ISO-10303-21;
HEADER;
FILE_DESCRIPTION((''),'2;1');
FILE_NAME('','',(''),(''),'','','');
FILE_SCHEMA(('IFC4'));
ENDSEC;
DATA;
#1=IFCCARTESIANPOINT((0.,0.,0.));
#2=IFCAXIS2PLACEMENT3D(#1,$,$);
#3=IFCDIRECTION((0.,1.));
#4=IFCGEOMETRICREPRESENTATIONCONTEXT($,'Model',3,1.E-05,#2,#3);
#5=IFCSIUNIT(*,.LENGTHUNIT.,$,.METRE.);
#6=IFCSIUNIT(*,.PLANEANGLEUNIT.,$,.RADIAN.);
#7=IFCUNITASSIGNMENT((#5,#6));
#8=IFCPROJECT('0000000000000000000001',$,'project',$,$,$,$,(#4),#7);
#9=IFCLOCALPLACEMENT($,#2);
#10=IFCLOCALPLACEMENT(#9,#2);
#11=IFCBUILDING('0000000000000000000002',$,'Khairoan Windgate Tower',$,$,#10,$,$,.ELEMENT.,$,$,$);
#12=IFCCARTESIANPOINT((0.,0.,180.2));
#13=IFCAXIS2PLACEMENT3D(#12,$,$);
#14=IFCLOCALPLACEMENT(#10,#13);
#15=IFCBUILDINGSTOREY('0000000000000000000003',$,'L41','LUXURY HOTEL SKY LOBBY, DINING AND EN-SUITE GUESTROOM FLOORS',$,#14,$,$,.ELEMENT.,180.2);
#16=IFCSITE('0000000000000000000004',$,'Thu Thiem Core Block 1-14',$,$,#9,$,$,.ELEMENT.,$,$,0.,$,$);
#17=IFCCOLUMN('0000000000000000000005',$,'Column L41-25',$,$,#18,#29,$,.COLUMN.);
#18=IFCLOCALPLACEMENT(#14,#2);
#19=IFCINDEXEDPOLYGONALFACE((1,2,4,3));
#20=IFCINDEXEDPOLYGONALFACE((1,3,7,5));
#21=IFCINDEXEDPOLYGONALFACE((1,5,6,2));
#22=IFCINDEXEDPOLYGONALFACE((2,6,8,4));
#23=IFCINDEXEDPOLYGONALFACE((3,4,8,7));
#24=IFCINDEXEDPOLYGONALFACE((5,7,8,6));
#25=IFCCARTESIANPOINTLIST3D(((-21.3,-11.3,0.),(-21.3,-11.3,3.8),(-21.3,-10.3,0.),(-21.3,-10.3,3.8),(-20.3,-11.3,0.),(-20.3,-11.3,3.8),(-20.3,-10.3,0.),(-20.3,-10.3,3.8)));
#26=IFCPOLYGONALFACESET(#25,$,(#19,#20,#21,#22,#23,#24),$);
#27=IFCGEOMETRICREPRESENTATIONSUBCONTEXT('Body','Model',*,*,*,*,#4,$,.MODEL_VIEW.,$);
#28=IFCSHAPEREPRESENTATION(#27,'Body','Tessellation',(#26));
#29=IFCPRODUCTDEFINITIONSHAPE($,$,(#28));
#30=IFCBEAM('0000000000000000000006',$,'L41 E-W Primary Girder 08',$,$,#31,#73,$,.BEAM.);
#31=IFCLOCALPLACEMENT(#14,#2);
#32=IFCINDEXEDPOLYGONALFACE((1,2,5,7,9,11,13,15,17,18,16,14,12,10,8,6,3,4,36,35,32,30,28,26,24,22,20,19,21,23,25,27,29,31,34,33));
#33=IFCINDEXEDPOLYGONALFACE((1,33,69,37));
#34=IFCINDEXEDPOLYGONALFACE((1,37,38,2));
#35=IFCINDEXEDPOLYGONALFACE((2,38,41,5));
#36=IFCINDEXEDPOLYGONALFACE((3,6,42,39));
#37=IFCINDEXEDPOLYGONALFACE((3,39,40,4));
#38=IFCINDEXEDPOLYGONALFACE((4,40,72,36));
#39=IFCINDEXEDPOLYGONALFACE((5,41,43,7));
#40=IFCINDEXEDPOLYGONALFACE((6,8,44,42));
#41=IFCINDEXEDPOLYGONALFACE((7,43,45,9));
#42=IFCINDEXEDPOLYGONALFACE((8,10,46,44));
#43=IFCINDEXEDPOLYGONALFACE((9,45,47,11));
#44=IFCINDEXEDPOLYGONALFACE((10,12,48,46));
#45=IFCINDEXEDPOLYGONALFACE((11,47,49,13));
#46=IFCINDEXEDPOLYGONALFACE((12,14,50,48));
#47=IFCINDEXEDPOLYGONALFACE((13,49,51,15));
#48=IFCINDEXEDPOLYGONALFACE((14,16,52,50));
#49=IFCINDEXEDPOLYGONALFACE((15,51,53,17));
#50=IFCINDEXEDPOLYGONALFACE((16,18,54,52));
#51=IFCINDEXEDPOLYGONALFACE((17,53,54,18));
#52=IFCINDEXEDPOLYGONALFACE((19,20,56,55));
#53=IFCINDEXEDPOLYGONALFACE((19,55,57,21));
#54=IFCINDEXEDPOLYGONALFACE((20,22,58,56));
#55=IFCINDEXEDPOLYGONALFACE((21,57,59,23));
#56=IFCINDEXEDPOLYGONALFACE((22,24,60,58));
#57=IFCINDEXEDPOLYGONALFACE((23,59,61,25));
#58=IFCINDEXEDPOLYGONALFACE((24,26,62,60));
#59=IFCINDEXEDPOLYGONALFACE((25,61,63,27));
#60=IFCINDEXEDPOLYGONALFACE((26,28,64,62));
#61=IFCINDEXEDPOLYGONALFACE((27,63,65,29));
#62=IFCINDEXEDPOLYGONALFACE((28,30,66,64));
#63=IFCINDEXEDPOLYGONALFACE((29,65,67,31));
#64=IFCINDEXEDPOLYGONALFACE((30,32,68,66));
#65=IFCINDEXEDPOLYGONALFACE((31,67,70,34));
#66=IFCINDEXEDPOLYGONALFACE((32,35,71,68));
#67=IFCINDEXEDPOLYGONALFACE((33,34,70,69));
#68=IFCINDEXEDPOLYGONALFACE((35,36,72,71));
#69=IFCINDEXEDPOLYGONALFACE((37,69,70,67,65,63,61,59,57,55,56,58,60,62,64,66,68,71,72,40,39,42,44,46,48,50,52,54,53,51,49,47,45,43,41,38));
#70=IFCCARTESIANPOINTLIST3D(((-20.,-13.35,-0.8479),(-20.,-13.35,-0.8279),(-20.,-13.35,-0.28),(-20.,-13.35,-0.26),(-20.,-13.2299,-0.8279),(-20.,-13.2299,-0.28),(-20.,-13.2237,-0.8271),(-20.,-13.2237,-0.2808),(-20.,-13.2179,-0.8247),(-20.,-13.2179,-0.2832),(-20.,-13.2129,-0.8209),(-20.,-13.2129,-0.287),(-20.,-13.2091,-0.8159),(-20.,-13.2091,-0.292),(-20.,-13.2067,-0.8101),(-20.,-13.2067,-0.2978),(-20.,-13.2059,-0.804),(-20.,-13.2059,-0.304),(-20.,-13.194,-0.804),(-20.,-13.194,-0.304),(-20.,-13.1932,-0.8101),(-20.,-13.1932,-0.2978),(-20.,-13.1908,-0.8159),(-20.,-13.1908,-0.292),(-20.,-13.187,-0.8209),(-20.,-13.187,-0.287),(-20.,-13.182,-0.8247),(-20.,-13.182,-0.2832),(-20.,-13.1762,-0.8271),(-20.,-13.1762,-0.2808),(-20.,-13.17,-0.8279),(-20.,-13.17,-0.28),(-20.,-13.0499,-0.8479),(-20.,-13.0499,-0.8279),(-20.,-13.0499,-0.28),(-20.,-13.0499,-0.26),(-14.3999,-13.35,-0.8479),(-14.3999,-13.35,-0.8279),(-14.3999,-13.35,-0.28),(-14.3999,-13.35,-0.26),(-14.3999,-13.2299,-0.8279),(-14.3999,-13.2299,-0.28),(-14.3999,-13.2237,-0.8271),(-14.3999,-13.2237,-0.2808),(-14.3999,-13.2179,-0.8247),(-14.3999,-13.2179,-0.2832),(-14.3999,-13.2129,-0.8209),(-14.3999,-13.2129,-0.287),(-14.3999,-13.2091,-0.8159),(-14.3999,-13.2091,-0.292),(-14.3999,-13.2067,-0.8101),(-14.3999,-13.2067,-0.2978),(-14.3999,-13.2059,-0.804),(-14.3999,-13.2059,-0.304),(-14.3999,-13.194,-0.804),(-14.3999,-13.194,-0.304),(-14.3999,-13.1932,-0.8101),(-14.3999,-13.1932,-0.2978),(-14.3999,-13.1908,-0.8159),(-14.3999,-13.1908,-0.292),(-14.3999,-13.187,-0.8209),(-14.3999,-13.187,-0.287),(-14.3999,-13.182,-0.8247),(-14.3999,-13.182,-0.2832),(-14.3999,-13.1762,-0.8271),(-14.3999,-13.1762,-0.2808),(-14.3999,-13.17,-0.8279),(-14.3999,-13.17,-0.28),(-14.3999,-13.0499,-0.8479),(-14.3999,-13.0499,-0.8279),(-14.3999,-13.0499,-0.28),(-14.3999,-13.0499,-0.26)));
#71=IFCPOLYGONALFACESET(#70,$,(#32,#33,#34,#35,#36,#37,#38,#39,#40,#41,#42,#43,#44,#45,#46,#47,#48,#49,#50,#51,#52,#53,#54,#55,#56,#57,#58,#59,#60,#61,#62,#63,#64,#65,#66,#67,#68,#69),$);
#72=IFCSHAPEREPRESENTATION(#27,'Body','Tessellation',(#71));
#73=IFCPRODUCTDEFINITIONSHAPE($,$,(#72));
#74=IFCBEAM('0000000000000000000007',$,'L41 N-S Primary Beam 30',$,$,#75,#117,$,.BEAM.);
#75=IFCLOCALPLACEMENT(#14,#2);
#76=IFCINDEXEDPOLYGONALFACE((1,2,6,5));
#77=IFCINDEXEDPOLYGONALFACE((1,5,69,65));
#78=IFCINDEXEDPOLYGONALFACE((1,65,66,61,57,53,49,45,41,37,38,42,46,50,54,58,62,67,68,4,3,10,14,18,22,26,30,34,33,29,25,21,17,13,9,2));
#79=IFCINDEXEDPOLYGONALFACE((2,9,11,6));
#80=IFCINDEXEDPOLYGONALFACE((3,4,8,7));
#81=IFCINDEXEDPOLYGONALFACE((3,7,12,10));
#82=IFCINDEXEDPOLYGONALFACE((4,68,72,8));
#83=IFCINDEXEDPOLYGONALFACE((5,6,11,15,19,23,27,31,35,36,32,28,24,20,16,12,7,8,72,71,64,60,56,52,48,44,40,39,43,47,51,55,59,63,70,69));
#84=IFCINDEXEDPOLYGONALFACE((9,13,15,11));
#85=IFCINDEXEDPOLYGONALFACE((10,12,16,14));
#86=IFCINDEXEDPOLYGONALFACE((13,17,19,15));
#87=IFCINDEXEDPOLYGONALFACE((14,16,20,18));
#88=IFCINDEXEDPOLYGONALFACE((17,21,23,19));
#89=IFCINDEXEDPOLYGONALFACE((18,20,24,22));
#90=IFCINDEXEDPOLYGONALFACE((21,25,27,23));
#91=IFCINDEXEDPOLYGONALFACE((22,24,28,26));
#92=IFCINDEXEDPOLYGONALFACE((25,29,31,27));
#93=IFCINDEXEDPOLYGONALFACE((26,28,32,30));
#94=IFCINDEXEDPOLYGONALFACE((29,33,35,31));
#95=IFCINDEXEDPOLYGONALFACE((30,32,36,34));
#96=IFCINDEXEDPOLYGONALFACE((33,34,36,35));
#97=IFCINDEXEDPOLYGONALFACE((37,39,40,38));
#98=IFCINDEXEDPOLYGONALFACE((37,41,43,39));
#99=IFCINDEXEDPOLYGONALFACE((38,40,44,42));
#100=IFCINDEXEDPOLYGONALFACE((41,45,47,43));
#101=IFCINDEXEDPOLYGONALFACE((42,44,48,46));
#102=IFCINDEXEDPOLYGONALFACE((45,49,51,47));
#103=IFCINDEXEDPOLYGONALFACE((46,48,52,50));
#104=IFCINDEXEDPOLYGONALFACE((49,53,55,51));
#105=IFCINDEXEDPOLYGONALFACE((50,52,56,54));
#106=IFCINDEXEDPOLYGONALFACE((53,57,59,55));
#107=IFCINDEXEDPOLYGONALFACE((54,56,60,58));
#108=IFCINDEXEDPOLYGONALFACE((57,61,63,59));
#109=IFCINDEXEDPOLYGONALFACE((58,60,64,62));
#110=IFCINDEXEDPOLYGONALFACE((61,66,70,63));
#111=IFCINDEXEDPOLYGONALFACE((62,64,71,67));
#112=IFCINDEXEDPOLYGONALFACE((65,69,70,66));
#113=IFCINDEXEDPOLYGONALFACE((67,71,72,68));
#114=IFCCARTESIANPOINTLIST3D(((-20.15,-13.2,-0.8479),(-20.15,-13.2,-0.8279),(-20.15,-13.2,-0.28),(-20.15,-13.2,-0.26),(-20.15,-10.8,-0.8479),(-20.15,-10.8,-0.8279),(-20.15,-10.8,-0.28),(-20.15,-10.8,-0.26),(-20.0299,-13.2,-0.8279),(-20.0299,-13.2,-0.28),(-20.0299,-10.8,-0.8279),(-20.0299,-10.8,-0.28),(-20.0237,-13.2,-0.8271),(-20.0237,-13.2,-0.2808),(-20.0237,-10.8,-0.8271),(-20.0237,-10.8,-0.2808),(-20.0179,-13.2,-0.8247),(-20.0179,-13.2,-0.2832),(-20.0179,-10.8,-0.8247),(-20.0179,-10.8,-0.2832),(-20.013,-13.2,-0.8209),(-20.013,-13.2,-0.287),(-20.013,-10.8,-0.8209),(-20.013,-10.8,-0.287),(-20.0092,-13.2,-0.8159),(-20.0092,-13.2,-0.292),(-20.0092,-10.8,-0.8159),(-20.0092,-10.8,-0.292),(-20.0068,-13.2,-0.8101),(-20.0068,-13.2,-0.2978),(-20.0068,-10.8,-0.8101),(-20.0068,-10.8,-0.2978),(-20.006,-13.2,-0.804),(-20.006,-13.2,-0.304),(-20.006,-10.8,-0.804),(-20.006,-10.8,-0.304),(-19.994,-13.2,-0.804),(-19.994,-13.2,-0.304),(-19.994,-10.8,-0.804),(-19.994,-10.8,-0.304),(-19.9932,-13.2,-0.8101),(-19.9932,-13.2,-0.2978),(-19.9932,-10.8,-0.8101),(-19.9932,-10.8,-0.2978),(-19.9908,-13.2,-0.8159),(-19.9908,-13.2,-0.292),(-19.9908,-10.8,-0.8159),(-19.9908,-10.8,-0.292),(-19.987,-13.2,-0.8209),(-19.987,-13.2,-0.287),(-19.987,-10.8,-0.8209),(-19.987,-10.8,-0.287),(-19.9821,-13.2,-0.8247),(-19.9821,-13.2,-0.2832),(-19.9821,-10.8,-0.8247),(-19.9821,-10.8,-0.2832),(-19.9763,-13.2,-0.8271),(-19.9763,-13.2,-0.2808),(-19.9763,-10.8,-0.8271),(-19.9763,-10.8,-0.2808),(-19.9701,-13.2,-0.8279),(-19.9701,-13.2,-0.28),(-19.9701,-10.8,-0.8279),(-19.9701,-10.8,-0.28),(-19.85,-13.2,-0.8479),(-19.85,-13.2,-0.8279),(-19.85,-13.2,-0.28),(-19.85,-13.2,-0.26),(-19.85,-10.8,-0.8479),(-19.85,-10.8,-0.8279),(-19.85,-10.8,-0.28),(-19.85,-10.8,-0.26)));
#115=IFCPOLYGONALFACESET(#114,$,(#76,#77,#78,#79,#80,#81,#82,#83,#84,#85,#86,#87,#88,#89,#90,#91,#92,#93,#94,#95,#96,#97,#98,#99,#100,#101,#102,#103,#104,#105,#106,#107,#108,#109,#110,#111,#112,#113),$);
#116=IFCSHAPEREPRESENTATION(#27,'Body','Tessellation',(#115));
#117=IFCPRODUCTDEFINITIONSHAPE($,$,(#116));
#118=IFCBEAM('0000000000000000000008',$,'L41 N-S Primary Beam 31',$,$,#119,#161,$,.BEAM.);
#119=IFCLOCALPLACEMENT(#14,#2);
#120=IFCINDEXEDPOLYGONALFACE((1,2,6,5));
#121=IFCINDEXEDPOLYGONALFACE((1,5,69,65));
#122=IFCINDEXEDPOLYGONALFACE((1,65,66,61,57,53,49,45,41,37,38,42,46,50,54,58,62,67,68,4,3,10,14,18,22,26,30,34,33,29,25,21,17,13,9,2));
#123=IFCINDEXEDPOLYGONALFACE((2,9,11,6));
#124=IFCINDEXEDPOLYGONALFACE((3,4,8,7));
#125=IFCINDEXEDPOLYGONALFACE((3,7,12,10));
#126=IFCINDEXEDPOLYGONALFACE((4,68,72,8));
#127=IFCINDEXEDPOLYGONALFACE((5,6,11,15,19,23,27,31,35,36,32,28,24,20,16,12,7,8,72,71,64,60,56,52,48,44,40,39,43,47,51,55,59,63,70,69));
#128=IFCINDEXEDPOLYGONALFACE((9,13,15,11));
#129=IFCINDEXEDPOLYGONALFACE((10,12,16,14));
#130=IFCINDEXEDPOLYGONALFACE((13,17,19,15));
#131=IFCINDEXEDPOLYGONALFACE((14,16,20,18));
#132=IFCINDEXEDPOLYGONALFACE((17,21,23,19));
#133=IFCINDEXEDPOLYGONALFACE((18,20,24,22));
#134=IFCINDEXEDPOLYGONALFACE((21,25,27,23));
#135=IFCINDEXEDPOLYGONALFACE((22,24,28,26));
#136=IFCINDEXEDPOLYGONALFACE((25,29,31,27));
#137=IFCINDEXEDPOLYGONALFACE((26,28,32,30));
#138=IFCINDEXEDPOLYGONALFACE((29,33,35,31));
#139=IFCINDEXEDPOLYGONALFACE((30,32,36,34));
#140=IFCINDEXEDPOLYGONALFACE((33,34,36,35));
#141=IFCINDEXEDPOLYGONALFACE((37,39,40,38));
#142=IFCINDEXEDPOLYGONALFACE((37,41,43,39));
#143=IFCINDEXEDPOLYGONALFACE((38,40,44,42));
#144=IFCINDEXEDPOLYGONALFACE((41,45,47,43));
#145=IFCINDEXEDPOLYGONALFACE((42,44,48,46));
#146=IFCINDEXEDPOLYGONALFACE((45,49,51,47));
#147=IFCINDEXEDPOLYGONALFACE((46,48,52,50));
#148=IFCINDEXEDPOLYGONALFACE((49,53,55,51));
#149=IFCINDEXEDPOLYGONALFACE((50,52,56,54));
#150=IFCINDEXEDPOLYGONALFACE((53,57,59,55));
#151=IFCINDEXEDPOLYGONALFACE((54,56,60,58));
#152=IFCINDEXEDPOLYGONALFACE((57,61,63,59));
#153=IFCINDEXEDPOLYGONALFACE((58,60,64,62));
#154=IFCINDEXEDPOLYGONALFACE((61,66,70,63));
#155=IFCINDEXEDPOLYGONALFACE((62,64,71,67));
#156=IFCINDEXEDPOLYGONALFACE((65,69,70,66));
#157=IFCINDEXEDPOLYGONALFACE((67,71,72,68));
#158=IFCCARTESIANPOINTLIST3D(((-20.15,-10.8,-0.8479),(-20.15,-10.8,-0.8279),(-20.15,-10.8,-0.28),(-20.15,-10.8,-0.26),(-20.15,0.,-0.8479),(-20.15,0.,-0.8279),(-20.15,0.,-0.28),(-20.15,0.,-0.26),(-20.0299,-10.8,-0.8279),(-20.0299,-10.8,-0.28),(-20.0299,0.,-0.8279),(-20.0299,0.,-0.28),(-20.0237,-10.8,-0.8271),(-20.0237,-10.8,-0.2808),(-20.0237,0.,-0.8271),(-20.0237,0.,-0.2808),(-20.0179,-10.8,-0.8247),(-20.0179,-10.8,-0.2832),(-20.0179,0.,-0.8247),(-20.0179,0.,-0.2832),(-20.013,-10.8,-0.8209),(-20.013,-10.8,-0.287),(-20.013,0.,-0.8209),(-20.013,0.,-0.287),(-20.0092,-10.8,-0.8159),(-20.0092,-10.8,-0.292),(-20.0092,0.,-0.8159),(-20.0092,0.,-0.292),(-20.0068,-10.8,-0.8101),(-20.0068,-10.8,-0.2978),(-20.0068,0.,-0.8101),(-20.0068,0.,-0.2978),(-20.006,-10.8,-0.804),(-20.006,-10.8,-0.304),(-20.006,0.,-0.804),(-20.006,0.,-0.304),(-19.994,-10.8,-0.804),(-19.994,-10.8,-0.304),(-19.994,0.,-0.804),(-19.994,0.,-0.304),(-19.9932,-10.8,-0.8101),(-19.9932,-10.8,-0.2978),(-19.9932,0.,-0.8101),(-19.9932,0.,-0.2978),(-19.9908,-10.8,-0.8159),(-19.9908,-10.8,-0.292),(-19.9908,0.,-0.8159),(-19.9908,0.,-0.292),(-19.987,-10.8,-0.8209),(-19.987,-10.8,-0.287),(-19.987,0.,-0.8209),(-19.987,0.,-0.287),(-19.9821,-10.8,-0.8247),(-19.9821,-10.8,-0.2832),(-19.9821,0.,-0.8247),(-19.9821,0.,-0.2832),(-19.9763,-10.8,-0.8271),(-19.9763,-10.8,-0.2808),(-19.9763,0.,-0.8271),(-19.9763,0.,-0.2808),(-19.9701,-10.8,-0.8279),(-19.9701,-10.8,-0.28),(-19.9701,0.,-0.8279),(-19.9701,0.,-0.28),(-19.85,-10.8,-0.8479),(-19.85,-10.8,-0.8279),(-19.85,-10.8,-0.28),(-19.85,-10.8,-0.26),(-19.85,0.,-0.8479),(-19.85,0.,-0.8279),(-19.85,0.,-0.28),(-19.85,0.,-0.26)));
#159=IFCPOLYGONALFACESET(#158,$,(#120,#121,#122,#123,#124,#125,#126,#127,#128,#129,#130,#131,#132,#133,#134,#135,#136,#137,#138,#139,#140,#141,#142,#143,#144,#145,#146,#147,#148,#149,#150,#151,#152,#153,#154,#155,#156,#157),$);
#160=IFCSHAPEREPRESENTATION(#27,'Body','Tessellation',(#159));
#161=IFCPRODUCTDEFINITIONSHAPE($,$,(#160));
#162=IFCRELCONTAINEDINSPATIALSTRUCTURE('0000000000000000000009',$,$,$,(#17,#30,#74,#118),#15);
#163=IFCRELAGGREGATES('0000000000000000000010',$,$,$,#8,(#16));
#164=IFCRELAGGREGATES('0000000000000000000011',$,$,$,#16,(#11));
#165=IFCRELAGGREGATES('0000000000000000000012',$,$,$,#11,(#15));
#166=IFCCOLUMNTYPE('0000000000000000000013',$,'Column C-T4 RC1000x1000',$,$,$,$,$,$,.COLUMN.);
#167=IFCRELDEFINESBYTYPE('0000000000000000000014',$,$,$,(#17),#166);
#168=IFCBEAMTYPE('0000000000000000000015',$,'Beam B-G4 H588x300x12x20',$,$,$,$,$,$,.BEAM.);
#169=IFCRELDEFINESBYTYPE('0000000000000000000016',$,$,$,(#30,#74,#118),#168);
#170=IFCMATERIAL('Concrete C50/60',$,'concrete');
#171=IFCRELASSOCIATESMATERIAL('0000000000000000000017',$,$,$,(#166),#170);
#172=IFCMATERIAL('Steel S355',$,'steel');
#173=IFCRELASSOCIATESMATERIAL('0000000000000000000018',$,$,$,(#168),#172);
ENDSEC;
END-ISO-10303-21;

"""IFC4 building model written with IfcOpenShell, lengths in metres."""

from ifc_helpers import new_model, si_unit, direction, frame, origin, origin_2d, place, context, subcontext, project, spatial, rectangle, i_section, extrude, material, material_profile, profile_set, type_object, element, save


model = new_model("IFC4")

# Units and contexts
model_context = context("Model", 3, precision=1e-05, world=origin(), true_north=direction((0.0, 1.0)))
body_context = subcontext(model_context, "Body", "Model", "MODEL_VIEW")
ifc_project = project(units=[si_unit("LENGTHUNIT", "METRE"), si_unit("PLANEANGLEUNIT", "RADIAN")], contexts=[model_context])

# Site, building, storey
site_placement = place(None, origin())
site = spatial("IfcSite", under=ifc_project, at=site_placement, Name="Thu Thiem Core Block 1-14", CompositionType="ELEMENT", RefElevation=0.0)
building_placement = place(site_placement, origin())
building = spatial("IfcBuilding", under=site, at=building_placement, Name="Khairoan Windgate Tower", CompositionType="ELEMENT")
storey_placement = place(building_placement, frame((0.0, 0.0, 180.2)))
storey = spatial("IfcBuildingStorey", under=building, at=storey_placement, Name="L41", Description="LUXURY HOTEL SKY LOBBY, DINING AND EN-SUITE GUESTROOM FLOORS", CompositionType="ELEMENT", Elevation=180.2)

# Column
ifc_material_1 = material(Name="Concrete C50/60", Category="concrete")
ifc_material_profile_1 = material_profile(ifc_material_1, rectangle(XDim=1.0, YDim=1.0, at=origin_2d()))
ifc_profile_set_1 = profile_set([ifc_material_profile_1], Name="Concrete C50/60")
column_type = type_object("IfcColumnType", Name="Column C-T4 RC1000x1000", PredefinedType="COLUMN", material=ifc_profile_set_1)
column_placement = place(storey_placement, frame((-20.8, -10.8, 0.0), z_axis=(0.0, 0.0, 1.0), x_axis=(1.0, 0.0, 0.0)))
element("IfcColumn", 1, at=column_placement, inside=storey, type_object=column_type, Name="Column L41-25", PredefinedType="COLUMN", context=body_context, shape_type="SweptSolid", body=[
    extrude(rectangle(XDim=1.0, YDim=1.0, at=origin_2d()), origin(), (0.0, 0.0, 1.0), 3.8),
])

# Beams
ifc_material_2 = material(Name="Steel S355", Category="steel")
ifc_material_profile_2 = material_profile(ifc_material_2, i_section(OverallWidth=0.3, OverallDepth=0.5879, WebThickness=0.012, FlangeThickness=0.02, FilletRadius=0.0239, at=origin_2d()))
ifc_profile_set_2 = profile_set([ifc_material_profile_2], Name="Steel S355")
beam_type_1 = type_object("IfcBeamType", Name="Beam B-G4 H588x300x12x20", PredefinedType="BEAM", material=ifc_profile_set_2)
beam_1_placement = place(storey_placement, frame((-20.0, -13.2, -0.554), z_axis=(1.0, 0.0, 0.0), x_axis=(0.0, 1.0, 0.0)))
element("IfcBeam", 2, at=beam_1_placement, inside=storey, type_object=beam_type_1, Name="L41 E-W Primary Girder 08", PredefinedType="BEAM", context=body_context, shape_type="SweptSolid", body=[
    extrude(i_section(OverallWidth=0.3, OverallDepth=0.5879, WebThickness=0.012, FlangeThickness=0.02, FilletRadius=0.0239, at=origin_2d()), origin(), (0.0, 0.0, 1.0), 5.6001),
])
beam_2_placement = place(storey_placement, frame((-20.0, -13.2, -0.554), z_axis=(0.0, 1.0, 0.0), x_axis=(-1.0, 0.0, 0.0)))
element("IfcBeam", 3, at=beam_2_placement, inside=storey, type_object=beam_type_1, Name="L41 N-S Primary Beam 30", PredefinedType="BEAM", context=body_context, shape_type="SweptSolid", body=[
    extrude(i_section(OverallWidth=0.3, OverallDepth=0.5879, WebThickness=0.012, FlangeThickness=0.02, FilletRadius=0.0239, at=origin_2d()), origin(), (0.0, 0.0, 1.0), 2.3999),
])
beam_3_placement = place(storey_placement, frame((-20.0, -10.8, -0.554), z_axis=(0.0, 1.0, 0.0), x_axis=(-1.0, 0.0, 0.0)))
element("IfcBeam", 4, at=beam_3_placement, inside=storey, type_object=beam_type_1, Name="L41 N-S Primary Beam 31", PredefinedType="BEAM", context=body_context, shape_type="SweptSolid", body=[
    extrude(i_section(OverallWidth=0.3, OverallDepth=0.5879, WebThickness=0.012, FlangeThickness=0.02, FilletRadius=0.0239, at=origin_2d()), origin(), (0.0, 0.0, 1.0), 10.8),
])

save(model, "model.ifc")
